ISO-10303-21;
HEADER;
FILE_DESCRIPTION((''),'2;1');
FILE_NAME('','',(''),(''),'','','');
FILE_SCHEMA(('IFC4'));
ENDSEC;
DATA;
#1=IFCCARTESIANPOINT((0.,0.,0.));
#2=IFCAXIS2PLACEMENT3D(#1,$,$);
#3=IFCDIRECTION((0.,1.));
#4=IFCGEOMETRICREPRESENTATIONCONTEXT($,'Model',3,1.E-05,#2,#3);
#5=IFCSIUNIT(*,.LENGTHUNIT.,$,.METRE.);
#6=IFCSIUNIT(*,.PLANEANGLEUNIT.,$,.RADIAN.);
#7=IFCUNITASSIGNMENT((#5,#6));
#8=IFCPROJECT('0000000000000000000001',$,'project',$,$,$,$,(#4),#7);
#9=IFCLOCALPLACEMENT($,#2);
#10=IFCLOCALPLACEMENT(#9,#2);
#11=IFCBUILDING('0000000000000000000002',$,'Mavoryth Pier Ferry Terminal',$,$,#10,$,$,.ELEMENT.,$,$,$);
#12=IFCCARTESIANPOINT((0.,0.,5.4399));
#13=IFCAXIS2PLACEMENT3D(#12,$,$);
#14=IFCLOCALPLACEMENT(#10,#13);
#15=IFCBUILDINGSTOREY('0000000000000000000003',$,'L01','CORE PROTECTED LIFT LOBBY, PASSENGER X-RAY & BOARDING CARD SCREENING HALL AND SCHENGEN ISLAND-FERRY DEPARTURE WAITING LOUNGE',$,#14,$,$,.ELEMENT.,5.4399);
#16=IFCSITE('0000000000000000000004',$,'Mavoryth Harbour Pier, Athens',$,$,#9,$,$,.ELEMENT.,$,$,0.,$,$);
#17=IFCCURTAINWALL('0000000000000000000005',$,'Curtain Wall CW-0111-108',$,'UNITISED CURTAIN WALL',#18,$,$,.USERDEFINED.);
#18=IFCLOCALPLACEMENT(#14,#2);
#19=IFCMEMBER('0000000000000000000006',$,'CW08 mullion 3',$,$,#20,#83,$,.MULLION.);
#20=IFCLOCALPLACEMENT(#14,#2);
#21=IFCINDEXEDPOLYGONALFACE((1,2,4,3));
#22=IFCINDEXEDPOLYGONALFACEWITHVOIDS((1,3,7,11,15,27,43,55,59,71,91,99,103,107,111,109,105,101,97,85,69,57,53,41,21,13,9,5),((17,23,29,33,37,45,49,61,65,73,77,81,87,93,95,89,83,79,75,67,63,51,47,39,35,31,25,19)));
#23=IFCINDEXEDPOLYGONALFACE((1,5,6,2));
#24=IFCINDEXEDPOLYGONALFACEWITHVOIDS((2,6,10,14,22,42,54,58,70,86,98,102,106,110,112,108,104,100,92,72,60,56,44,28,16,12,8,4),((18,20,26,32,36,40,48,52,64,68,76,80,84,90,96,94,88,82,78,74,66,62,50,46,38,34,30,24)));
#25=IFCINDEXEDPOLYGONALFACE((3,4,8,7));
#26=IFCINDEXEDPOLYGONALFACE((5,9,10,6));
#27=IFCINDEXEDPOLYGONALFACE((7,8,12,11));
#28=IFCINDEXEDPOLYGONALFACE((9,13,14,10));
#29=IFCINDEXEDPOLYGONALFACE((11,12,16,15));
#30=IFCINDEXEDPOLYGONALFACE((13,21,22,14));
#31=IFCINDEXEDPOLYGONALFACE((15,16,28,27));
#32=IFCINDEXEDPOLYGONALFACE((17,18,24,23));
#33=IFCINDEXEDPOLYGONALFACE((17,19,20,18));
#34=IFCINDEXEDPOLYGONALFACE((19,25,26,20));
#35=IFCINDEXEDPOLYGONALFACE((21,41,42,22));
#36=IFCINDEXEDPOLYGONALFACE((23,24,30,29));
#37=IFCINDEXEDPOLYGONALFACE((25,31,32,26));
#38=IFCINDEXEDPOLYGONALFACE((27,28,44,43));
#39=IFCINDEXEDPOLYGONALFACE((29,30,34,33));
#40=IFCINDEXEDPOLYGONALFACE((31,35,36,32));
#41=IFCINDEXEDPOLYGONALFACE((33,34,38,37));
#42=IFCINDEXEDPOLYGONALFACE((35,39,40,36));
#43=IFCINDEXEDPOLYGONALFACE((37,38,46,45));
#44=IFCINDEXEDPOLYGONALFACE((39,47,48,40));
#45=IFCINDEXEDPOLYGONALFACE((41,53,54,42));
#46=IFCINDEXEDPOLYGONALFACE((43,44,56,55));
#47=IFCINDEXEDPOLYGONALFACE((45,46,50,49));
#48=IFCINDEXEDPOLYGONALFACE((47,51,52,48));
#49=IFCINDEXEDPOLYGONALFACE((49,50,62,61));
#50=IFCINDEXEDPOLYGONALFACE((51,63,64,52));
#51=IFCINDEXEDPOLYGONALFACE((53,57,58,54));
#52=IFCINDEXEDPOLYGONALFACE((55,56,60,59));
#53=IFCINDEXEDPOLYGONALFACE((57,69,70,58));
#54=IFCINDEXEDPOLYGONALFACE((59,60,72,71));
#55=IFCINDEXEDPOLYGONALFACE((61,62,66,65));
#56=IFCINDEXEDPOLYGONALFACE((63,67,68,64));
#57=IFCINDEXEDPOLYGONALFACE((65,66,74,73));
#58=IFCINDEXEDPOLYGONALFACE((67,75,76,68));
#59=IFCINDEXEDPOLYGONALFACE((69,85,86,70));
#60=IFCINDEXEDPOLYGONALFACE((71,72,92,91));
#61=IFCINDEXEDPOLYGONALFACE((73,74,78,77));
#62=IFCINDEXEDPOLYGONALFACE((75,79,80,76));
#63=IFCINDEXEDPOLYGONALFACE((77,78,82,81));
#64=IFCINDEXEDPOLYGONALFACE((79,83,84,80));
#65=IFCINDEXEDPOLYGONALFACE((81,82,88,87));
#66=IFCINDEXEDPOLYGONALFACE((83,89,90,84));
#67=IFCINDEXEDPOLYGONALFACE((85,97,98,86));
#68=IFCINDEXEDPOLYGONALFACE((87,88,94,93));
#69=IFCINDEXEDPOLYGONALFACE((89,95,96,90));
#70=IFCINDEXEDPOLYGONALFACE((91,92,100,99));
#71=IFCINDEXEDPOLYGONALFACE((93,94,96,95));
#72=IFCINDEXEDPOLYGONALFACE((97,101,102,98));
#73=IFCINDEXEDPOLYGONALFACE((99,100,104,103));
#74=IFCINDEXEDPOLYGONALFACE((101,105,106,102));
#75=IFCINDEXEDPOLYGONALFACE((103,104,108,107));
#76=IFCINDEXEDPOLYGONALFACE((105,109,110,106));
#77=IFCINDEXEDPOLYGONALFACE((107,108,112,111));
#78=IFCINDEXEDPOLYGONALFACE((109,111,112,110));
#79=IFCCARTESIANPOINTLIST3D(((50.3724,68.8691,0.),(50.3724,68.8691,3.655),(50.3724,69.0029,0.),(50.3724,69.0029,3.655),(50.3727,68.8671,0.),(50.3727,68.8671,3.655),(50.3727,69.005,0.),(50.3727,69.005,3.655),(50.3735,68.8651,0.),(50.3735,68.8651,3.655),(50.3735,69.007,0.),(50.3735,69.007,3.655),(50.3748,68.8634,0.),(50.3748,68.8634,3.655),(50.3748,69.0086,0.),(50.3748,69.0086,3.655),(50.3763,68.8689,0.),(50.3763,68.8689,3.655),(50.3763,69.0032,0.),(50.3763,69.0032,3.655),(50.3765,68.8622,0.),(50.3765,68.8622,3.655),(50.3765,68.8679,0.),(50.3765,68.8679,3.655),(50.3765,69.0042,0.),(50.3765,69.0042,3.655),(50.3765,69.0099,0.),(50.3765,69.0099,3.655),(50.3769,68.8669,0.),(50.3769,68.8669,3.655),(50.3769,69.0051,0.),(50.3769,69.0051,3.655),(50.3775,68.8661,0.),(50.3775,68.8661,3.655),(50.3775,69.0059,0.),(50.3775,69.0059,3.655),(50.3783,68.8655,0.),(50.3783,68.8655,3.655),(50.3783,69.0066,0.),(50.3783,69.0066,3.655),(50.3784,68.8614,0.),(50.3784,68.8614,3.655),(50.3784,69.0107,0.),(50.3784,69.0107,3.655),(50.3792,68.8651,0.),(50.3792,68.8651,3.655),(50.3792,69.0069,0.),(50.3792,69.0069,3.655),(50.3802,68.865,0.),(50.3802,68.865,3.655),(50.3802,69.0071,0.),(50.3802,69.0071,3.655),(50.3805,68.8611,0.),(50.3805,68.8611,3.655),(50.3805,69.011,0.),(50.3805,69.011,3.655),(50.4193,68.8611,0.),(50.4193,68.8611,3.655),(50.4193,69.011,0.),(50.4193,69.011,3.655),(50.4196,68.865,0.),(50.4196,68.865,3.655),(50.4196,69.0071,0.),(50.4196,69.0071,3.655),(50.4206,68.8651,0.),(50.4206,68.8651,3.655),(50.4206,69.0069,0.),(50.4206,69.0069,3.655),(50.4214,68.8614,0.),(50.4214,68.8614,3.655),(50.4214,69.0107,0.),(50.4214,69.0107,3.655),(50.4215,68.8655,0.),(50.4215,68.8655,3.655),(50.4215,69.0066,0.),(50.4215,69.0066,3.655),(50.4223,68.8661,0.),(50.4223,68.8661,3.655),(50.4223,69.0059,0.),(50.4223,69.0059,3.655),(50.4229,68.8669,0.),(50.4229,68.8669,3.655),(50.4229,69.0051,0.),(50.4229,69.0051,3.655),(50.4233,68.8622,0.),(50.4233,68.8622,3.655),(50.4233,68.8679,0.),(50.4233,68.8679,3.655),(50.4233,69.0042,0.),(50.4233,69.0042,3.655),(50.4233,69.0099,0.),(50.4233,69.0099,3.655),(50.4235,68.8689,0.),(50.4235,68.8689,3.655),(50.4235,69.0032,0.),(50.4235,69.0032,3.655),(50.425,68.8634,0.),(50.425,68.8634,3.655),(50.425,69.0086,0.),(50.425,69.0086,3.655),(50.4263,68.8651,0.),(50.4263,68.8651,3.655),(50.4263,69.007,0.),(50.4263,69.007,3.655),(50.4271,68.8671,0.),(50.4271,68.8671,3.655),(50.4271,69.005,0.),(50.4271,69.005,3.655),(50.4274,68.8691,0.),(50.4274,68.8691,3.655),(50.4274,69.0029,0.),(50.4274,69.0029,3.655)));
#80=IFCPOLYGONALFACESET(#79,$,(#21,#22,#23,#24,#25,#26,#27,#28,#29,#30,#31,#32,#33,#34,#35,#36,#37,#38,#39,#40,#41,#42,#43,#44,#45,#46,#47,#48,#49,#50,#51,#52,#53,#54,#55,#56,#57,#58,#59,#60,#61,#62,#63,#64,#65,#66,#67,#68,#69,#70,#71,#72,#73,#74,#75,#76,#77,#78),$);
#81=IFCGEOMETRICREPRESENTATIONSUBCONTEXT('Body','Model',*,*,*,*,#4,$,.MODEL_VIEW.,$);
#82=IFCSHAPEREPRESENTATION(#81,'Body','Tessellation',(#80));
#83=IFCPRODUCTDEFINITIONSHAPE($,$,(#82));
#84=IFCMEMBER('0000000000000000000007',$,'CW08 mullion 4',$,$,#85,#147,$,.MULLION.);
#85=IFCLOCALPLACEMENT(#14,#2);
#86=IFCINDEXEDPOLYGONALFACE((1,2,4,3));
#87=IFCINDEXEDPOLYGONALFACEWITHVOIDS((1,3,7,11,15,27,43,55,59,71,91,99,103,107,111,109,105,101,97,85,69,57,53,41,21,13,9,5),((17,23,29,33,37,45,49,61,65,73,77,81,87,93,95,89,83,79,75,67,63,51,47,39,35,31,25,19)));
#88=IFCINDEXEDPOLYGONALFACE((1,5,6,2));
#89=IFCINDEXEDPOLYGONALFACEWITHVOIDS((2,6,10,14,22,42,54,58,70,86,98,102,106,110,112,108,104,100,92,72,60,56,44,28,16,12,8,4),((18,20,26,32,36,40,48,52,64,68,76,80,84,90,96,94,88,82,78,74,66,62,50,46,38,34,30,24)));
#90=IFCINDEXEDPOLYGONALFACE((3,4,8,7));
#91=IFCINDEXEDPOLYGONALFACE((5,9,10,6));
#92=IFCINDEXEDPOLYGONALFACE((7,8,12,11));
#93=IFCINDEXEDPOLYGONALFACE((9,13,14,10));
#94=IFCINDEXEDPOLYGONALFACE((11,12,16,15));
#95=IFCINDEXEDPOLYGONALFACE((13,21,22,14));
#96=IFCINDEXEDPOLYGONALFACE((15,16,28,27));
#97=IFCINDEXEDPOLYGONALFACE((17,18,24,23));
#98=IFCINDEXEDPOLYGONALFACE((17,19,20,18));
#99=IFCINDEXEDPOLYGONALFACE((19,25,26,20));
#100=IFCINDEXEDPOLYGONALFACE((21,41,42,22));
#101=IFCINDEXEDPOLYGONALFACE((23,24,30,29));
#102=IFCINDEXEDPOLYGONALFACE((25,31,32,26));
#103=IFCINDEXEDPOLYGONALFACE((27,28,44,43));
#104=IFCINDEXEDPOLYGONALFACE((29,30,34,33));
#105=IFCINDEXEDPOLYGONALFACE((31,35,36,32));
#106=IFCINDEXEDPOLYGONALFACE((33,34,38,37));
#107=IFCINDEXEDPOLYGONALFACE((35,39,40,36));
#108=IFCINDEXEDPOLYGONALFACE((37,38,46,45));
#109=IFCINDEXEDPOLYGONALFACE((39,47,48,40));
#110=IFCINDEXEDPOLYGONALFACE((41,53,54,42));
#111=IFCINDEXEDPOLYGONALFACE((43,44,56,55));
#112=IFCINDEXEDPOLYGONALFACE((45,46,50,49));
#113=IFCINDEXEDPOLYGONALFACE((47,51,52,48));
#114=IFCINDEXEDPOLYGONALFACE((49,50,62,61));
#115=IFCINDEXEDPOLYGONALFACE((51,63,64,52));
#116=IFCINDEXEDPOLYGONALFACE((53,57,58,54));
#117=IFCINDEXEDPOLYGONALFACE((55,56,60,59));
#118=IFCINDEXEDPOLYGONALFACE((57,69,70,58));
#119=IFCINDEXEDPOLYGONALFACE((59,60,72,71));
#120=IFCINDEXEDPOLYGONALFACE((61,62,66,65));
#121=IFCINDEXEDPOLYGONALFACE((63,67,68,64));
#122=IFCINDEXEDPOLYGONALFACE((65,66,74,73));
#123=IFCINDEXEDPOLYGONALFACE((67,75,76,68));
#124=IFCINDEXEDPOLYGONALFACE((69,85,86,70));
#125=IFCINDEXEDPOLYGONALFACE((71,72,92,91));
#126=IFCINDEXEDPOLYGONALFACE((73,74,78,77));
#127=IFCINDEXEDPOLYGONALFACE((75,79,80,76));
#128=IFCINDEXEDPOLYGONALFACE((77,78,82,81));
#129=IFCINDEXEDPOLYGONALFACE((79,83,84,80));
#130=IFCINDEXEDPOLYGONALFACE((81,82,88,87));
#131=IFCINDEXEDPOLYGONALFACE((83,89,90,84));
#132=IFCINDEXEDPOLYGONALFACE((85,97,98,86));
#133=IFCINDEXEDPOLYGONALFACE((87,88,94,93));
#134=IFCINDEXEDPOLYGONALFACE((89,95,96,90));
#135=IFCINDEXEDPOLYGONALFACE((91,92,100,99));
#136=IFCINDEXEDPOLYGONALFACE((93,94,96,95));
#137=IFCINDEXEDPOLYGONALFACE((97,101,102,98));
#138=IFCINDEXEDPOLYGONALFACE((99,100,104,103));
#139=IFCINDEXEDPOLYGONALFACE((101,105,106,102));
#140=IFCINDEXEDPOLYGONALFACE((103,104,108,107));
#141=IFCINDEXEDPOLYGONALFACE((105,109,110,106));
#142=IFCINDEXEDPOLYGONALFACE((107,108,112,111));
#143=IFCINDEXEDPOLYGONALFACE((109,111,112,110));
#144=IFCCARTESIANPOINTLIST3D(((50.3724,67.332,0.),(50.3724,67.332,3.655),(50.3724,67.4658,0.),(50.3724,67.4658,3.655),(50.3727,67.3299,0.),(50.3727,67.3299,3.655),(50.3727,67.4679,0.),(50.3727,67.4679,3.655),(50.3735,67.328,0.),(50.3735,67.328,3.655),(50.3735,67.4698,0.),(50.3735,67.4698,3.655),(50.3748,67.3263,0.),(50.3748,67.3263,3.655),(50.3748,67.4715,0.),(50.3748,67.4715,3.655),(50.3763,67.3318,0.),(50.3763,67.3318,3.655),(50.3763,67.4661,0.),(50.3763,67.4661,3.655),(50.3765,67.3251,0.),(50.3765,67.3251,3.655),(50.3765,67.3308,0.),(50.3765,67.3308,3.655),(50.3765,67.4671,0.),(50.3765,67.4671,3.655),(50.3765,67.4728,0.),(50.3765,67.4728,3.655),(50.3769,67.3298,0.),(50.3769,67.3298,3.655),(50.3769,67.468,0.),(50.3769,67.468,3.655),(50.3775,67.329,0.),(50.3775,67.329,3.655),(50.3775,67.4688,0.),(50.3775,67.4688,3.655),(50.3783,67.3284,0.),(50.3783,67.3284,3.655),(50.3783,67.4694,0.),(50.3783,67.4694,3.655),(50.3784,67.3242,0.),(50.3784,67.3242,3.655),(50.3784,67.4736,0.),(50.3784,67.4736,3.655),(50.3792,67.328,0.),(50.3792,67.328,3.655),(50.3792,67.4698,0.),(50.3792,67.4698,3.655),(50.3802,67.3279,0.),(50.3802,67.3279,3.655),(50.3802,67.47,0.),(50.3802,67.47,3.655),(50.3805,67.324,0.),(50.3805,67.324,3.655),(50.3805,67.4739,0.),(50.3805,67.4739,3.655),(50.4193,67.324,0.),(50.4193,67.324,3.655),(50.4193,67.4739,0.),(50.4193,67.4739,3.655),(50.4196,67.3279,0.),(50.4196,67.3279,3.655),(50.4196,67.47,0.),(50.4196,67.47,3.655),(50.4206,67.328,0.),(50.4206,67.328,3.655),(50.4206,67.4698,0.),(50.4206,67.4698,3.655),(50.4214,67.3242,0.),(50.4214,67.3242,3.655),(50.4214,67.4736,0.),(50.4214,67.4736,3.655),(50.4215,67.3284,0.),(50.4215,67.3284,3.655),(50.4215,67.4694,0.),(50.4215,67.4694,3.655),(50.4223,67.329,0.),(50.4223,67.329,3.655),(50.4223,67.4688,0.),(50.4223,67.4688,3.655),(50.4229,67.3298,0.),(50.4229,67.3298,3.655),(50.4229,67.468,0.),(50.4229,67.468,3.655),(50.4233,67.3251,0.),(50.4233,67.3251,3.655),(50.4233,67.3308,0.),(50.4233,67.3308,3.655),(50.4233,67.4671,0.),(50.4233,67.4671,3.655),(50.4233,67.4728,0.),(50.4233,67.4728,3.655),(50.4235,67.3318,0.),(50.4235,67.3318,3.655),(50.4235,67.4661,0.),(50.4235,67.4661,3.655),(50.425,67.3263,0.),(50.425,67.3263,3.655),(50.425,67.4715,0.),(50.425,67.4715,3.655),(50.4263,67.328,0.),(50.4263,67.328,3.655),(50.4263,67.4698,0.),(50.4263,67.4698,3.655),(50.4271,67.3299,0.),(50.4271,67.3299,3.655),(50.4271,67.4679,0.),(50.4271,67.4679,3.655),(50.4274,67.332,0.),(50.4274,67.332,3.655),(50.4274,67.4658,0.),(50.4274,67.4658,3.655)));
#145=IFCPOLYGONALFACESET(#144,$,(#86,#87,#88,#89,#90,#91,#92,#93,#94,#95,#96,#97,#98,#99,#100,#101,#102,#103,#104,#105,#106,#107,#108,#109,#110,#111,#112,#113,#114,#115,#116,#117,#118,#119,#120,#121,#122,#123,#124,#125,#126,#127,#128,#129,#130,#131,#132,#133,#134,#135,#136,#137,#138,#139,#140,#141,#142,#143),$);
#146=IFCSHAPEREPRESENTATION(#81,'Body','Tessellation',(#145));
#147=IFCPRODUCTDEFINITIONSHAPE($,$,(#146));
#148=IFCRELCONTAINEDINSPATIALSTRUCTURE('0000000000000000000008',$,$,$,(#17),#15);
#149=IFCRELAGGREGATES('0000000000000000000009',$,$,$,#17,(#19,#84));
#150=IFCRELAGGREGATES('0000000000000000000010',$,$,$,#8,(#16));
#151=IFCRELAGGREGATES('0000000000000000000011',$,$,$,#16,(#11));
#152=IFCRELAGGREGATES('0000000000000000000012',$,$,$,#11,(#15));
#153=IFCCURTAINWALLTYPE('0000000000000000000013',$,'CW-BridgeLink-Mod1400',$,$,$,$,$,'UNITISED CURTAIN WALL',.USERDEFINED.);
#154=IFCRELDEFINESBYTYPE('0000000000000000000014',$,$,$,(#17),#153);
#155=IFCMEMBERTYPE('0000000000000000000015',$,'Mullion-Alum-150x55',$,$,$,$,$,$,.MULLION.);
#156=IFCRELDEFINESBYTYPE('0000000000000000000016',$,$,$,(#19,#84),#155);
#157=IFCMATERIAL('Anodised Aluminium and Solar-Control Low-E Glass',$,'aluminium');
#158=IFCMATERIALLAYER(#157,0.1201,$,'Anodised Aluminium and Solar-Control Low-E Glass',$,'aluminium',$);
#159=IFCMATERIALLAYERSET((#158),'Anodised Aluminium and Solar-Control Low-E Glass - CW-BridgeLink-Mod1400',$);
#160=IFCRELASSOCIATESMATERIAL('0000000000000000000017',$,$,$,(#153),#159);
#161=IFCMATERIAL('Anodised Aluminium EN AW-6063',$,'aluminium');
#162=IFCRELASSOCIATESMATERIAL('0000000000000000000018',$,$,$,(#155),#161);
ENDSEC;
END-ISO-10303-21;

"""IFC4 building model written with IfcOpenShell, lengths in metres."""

from ifc_helpers import new_model, si_unit, direction, frame, origin, origin_2d, place, context, subcontext, project, spatial, hollow_rectangle, extrude, material, layer, layer_set, material_profile, profile_set, type_object, element, aggregate, save


model = new_model("IFC4")

# Units and contexts
model_context = context("Model", 3, precision=1e-05, world=origin(), true_north=direction((0.0, 1.0)))
body_context = subcontext(model_context, "Body", "Model", "MODEL_VIEW")
ifc_project = project(units=[si_unit("LENGTHUNIT", "METRE"), si_unit("PLANEANGLEUNIT", "RADIAN")], contexts=[model_context])

# Site, building, storey
site_placement = place(None, origin())
site = spatial("IfcSite", under=ifc_project, at=site_placement, Name="Mavoryth Harbour Pier, Athens", CompositionType="ELEMENT", RefElevation=0.0)
building_placement = place(site_placement, origin())
building = spatial("IfcBuilding", under=site, at=building_placement, Name="Mavoryth Pier Ferry Terminal", CompositionType="ELEMENT")
storey_placement = place(building_placement, frame((0.0, 0.0, 5.4399)))
storey = spatial("IfcBuildingStorey", under=building, at=storey_placement, Name="L01", Description="CORE PROTECTED LIFT LOBBY, PASSENGER X-RAY & BOARDING CARD SCREENING HALL AND SCHENGEN ISLAND-FERRY DEPARTURE WAITING LOUNGE", CompositionType="ELEMENT", Elevation=5.4399)

# Curtain wall, members
ifc_material_1 = material(Name="Anodised Aluminium and Solar-Control Low-E Glass", Category="aluminium")
ifc_layer_1 = layer(ifc_material_1, 0.1201, Name="Anodised Aluminium and Solar-Control Low-E Glass", Category="aluminium")
ifc_layer_set_1 = layer_set([ifc_layer_1], Name="Anodised Aluminium and Solar-Control Low-E Glass - CW-BridgeLink-Mod1400")
curtain_wall_type = type_object("IfcCurtainWallType", Name="CW-BridgeLink-Mod1400", ElementType="UNITISED CURTAIN WALL", PredefinedType="USERDEFINED", material=ifc_layer_set_1)
curtain_wall_1_placement = place(storey_placement, origin())
curtain_wall_1 = element("IfcCurtainWall", 1, at=curtain_wall_1_placement, inside=storey, type_object=curtain_wall_type, Name="Curtain Wall CW-0111-108", ObjectType="UNITISED CURTAIN WALL", PredefinedType="USERDEFINED")
ifc_material_2 = material(Name="Anodised Aluminium EN AW-6063", Category="aluminium")
ifc_material_profile_1 = material_profile(ifc_material_2, hollow_rectangle(XDim=0.0549, YDim=0.1499, WallThickness=0.0039, InnerFilletRadius=0.0039, OuterFilletRadius=0.0081, at=origin_2d()), Name="AL-MULL 150x55x4", Category="aluminium")
ifc_profile_set_1 = profile_set([ifc_material_profile_1], Name="Anodised Aluminium EN AW-6063 - AL-MULL 150x55x4")
member_type_1 = type_object("IfcMemberType", Name="Mullion-Alum-150x55", PredefinedType="MULLION", material=ifc_profile_set_1)
member_1_placement = place(storey_placement, frame((50.3999, 68.936, 0.0), z_axis=(0.0, 0.0, 1.0), x_axis=(1.0, 0.0, 0.0)))
member_1 = element("IfcMember", 2, at=member_1_placement, type_object=member_type_1, Name="CW08 mullion 3", PredefinedType="MULLION", context=body_context, shape_type="SweptSolid", body=[
    extrude(hollow_rectangle(XDim=0.0549, YDim=0.1499, WallThickness=0.0039, InnerFilletRadius=0.0039, OuterFilletRadius=0.0081, at=origin_2d()), origin(), (0.0, 0.0, 1.0), 3.655),
])
member_2_placement = place(storey_placement, frame((50.3999, 67.3989, 0.0), z_axis=(0.0, 0.0, 1.0), x_axis=(1.0, 0.0, 0.0)))
member_2 = element("IfcMember", 3, at=member_2_placement, type_object=member_type_1, Name="CW08 mullion 4", PredefinedType="MULLION", context=body_context, shape_type="SweptSolid", body=[
    extrude(hollow_rectangle(XDim=0.0549, YDim=0.1499, WallThickness=0.0039, InnerFilletRadius=0.0039, OuterFilletRadius=0.0081, at=origin_2d()), origin(), (0.0, 0.0, 1.0), 3.655),
])

aggregate(curtain_wall_1, [member_1, member_2])

save(model, "model.ifc")
